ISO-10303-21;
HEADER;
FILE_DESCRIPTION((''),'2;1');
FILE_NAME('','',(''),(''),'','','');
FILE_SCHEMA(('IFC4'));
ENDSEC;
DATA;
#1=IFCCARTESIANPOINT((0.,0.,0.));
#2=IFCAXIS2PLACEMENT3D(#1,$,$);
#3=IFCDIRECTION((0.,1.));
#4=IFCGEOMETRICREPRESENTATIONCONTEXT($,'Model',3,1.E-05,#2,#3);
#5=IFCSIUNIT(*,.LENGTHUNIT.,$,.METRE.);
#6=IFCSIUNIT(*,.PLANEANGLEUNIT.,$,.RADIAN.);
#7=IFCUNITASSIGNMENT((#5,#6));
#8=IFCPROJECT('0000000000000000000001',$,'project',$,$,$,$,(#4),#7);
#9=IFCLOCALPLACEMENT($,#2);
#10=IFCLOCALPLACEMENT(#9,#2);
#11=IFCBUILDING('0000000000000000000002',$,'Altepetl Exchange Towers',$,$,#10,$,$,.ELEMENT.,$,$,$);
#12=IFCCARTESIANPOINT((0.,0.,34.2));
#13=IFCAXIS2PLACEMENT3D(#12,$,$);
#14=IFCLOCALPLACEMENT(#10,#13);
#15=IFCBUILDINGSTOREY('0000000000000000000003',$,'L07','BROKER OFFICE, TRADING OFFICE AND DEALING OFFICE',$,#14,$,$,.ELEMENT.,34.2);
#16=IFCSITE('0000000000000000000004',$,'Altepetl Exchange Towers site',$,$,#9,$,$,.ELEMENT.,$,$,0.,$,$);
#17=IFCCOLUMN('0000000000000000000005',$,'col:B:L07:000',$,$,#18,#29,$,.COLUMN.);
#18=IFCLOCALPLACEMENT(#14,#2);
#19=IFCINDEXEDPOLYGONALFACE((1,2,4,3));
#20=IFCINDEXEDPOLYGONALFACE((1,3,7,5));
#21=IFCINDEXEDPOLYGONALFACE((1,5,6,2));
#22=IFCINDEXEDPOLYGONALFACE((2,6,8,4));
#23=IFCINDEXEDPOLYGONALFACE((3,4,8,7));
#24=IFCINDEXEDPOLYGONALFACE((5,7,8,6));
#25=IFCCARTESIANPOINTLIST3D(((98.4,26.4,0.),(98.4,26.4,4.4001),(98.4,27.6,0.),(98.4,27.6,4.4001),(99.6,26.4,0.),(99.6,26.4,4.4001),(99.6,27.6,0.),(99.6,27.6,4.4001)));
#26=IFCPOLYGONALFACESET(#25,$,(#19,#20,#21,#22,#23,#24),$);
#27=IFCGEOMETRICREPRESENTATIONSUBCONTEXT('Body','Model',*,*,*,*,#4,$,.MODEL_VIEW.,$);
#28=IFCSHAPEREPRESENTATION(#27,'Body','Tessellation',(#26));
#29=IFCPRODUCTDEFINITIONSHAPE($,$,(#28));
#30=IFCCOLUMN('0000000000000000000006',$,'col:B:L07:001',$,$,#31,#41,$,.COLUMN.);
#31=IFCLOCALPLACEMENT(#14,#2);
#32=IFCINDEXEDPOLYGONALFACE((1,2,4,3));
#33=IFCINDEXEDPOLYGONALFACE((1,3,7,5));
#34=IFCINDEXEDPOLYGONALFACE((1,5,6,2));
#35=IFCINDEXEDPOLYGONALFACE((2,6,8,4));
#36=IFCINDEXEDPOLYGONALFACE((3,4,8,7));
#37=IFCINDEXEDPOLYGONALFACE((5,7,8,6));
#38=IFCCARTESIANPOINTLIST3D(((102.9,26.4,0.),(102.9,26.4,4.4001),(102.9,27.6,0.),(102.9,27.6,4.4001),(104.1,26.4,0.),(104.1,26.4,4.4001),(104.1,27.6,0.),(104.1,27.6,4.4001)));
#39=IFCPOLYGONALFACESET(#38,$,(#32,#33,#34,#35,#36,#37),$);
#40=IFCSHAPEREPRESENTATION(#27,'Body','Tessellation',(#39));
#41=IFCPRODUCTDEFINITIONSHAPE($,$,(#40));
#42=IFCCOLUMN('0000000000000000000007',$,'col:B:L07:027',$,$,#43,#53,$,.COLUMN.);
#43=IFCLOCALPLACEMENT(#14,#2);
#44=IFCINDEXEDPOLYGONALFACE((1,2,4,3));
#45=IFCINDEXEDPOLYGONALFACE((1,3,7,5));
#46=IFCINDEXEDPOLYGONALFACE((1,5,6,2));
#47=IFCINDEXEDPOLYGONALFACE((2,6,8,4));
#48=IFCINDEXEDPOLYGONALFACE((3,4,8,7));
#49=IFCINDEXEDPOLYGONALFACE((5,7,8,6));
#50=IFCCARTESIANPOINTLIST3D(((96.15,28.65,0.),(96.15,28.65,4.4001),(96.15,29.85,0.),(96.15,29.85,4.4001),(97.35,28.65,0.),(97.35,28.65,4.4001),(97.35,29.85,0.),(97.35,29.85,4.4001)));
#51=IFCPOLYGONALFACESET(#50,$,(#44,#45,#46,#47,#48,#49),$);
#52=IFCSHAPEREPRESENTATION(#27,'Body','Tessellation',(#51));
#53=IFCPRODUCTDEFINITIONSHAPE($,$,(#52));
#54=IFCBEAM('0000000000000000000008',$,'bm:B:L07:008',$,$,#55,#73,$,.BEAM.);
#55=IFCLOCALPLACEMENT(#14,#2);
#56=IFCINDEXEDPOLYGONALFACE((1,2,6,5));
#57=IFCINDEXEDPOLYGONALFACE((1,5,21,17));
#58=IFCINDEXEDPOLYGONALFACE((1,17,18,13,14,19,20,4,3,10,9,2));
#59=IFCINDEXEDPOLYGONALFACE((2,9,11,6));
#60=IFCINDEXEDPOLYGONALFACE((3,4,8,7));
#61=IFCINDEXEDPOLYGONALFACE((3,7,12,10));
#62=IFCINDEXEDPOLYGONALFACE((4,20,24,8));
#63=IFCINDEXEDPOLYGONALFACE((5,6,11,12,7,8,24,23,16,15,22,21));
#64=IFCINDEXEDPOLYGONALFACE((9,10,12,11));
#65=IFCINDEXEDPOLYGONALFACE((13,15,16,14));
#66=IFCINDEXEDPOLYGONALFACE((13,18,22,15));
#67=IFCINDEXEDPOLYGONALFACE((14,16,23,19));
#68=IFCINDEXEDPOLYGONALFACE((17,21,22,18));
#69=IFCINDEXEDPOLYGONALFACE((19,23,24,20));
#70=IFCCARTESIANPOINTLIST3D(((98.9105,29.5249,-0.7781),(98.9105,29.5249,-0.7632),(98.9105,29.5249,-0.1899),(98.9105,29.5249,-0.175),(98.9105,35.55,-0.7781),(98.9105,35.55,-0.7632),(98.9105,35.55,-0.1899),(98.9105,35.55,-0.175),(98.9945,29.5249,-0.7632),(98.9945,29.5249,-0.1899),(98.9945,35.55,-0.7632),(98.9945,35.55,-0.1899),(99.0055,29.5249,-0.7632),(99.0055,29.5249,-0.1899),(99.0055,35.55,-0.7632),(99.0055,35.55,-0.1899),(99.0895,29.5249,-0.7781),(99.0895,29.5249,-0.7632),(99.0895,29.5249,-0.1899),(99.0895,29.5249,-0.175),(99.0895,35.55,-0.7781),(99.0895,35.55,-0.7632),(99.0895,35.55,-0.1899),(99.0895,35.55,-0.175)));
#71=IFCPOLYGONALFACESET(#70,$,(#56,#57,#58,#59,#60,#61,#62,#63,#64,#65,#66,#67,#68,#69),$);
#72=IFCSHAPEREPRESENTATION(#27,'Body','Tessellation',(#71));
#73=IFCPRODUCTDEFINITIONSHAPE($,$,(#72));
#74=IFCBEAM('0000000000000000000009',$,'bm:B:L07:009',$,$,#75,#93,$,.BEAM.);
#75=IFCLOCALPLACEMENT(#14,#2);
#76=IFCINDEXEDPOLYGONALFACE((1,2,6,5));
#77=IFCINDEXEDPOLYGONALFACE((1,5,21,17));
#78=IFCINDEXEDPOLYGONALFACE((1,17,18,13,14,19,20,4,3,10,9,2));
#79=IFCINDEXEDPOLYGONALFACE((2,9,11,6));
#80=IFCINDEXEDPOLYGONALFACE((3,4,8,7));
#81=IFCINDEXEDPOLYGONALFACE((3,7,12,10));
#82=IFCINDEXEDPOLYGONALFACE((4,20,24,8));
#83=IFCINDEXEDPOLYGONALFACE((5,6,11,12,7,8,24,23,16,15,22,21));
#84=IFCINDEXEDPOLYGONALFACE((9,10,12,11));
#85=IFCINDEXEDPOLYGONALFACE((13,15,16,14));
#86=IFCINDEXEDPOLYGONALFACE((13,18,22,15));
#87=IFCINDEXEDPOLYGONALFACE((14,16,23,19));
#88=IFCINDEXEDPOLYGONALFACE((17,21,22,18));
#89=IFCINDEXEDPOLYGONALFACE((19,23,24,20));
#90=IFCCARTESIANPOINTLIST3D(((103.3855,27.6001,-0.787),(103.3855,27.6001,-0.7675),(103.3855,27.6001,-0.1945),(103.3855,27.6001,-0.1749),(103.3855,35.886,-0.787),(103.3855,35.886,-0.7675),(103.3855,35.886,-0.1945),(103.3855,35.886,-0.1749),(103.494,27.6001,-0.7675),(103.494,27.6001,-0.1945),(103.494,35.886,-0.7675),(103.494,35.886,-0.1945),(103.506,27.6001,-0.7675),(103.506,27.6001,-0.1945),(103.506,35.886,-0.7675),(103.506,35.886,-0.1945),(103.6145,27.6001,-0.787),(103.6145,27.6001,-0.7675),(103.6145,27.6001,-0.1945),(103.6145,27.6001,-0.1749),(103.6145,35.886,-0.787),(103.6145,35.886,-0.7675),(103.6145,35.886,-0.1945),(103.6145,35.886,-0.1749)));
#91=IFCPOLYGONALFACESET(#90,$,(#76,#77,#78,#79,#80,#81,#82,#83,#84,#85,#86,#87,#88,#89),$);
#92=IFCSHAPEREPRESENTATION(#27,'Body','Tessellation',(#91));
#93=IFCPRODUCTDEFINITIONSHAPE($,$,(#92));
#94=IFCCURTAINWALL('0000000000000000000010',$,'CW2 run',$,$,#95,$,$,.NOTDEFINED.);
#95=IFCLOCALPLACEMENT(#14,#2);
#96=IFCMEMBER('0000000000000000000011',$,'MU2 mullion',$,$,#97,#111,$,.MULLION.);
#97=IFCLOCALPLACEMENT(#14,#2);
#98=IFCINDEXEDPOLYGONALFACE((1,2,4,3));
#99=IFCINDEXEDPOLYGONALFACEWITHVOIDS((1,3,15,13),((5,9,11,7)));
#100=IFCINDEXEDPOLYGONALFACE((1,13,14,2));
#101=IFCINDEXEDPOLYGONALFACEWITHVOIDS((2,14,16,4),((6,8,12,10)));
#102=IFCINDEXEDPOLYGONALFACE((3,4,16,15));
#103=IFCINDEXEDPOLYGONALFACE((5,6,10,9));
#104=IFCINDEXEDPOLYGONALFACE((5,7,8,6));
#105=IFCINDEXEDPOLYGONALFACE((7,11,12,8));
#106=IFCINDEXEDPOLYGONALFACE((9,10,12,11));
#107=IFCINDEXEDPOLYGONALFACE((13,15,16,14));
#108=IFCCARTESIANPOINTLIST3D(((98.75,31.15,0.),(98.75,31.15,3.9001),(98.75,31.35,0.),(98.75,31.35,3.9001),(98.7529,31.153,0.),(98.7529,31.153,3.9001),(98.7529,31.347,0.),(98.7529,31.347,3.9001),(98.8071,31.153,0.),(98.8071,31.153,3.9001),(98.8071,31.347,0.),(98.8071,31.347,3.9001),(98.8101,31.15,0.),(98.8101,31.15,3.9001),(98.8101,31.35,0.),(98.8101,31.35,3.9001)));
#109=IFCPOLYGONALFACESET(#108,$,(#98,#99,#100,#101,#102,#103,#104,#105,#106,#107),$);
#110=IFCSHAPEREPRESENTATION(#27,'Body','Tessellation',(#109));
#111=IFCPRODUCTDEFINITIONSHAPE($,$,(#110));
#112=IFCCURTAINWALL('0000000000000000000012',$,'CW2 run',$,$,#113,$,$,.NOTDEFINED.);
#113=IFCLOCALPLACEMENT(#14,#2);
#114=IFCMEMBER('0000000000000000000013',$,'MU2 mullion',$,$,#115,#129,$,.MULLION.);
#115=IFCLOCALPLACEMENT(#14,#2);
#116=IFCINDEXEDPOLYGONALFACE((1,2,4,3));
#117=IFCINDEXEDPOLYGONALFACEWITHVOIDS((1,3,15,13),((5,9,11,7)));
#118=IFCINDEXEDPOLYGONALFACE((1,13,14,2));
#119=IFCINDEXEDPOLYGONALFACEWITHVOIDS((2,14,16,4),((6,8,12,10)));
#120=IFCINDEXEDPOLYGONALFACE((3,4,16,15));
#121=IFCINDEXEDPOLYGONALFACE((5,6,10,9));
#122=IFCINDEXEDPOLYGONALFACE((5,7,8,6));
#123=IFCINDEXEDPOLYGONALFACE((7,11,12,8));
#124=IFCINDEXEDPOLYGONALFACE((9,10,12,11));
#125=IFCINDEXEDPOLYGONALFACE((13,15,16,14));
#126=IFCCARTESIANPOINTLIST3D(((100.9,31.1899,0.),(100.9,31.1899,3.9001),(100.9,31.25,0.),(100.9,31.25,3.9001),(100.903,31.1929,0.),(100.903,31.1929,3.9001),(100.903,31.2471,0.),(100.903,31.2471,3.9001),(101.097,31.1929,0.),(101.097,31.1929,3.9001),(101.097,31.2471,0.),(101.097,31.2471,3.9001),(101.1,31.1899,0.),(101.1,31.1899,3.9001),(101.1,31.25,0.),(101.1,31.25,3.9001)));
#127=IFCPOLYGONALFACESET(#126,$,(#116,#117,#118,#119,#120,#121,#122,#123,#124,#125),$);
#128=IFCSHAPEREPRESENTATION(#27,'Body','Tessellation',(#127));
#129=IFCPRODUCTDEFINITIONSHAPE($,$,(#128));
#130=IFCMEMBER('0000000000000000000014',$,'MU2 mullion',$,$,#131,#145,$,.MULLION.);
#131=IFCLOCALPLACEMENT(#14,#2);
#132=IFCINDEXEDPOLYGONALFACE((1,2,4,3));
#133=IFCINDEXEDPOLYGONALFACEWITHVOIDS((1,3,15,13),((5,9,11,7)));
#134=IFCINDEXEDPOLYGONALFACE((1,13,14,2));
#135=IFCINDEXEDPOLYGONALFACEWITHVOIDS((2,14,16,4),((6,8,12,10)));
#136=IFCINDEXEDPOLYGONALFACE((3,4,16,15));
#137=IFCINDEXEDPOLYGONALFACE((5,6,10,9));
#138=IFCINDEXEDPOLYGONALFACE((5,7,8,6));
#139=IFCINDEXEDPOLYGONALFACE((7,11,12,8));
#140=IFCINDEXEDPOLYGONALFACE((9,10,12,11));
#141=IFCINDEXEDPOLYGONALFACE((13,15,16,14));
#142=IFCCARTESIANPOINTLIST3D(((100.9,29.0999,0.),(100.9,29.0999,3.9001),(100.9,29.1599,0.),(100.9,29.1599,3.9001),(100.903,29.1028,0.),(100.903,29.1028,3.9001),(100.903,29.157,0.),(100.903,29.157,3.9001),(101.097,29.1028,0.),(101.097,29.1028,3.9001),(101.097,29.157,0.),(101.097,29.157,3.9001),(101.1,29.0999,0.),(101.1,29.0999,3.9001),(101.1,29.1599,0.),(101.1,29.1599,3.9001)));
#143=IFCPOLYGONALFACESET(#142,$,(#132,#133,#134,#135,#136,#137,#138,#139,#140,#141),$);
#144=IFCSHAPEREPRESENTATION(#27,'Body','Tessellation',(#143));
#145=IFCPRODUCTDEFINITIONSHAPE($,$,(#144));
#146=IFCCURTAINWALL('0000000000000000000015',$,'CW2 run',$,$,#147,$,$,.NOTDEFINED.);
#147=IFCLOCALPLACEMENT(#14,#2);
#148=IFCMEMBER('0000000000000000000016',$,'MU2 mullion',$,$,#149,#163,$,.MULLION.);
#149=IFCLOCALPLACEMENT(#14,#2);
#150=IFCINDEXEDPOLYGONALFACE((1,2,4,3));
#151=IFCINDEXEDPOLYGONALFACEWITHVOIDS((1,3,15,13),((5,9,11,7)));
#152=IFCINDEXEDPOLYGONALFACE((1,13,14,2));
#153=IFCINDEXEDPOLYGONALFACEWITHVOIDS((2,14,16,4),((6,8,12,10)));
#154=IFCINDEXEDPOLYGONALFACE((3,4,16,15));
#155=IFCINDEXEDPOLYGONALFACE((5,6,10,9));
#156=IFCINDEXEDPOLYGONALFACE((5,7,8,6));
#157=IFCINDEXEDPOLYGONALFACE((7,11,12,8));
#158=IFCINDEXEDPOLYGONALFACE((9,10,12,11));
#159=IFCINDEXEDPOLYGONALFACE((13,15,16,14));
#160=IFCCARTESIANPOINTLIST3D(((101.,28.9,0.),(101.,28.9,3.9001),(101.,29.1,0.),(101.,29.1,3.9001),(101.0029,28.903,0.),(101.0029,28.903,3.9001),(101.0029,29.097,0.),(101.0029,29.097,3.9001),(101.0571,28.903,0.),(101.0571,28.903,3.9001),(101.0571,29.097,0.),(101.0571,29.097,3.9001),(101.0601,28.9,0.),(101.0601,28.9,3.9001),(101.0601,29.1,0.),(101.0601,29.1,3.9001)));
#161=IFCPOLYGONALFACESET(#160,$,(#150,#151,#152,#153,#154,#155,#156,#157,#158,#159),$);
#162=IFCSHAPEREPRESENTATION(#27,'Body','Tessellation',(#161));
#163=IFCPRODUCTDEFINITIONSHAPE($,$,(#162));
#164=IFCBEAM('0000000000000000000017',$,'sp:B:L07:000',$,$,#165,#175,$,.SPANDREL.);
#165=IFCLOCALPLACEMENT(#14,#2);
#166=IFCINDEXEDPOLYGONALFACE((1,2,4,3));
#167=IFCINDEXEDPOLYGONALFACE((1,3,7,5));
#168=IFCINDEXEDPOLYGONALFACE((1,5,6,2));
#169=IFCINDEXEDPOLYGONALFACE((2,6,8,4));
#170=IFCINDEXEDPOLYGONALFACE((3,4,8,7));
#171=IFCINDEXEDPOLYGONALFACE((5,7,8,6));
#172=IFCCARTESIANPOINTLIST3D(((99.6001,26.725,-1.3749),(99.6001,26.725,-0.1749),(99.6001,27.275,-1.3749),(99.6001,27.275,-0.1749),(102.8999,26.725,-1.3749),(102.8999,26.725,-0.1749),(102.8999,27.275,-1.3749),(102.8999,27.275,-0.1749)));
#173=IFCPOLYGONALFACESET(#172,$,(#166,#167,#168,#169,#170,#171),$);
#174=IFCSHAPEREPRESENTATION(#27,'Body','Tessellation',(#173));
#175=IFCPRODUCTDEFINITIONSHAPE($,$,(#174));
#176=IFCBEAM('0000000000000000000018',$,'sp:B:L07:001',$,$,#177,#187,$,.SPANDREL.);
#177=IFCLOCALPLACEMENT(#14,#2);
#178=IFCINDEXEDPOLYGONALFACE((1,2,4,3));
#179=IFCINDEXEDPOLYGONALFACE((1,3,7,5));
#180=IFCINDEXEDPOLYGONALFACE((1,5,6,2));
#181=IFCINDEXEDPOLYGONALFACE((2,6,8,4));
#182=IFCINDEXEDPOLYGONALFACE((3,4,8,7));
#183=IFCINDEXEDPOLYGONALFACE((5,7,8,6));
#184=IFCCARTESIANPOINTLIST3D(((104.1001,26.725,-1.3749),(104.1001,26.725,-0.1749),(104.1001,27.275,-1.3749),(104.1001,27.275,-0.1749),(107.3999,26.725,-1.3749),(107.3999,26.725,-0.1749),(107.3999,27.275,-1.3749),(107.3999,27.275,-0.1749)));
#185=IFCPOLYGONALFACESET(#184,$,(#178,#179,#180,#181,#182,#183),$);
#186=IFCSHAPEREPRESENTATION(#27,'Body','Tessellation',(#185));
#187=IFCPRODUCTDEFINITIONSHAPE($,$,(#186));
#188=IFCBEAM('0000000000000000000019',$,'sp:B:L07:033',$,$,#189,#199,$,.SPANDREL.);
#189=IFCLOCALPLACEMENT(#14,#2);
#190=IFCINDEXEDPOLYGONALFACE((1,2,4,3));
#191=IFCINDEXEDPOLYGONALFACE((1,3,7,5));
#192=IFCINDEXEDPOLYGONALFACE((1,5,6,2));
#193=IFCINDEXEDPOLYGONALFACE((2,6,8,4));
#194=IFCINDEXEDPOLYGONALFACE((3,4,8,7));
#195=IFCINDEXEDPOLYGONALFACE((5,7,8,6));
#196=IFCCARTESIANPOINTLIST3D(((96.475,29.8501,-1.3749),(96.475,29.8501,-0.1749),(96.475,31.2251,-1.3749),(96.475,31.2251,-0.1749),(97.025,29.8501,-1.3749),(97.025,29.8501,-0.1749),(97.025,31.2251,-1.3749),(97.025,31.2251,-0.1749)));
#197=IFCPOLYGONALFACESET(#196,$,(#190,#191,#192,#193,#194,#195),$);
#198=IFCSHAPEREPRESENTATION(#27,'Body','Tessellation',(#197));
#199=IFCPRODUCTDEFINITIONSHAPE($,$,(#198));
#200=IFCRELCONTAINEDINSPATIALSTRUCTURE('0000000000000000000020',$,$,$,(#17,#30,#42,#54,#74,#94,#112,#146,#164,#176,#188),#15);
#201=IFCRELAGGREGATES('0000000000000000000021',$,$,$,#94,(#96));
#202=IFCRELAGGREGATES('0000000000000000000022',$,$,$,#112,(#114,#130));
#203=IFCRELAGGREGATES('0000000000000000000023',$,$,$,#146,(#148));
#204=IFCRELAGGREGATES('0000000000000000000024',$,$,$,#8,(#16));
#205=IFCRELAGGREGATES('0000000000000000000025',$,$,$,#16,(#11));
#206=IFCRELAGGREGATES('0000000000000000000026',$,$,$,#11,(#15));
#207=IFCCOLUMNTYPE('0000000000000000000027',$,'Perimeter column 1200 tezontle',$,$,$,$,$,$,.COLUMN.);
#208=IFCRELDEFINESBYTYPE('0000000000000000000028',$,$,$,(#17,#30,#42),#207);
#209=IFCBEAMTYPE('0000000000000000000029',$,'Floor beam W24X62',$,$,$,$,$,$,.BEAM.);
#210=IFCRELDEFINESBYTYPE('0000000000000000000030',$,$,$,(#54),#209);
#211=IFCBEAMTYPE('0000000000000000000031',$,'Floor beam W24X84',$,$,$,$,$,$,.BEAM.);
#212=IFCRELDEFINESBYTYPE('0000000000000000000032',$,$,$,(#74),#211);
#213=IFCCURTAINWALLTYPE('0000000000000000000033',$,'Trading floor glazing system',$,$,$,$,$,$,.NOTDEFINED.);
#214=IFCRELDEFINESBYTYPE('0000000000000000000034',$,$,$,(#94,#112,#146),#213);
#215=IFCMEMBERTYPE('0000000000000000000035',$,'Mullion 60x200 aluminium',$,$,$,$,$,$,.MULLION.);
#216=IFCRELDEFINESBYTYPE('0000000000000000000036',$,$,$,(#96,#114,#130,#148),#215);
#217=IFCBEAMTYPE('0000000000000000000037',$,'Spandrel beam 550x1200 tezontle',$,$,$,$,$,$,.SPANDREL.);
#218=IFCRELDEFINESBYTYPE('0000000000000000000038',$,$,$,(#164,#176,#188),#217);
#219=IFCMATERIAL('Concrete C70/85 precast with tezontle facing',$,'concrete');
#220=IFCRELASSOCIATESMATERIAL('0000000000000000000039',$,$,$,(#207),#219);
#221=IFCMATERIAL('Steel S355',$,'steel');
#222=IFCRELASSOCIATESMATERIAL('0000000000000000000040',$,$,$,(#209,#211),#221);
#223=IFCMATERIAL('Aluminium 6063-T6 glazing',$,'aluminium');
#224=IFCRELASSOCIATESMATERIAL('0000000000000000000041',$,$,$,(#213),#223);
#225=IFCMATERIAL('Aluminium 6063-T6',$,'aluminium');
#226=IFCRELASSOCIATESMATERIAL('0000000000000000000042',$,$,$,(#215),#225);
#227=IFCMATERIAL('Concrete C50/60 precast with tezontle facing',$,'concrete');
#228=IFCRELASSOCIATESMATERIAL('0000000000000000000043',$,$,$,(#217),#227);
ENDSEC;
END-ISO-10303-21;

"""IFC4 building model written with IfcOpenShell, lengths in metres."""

from ifc_helpers import new_model, si_unit, direction, frame, origin, origin_2d, place, context, subcontext, project, spatial, rectangle, hollow_rectangle, i_section, extrude, material, material_profile, profile_set, type_object, element, aggregate, save


model = new_model("IFC4")

# Units and contexts
model_context = context("Model", 3, precision=1e-05, world=origin(), true_north=direction((0.0, 1.0)))
body_context = subcontext(model_context, "Body", "Model", "MODEL_VIEW")
ifc_project = project(units=[si_unit("LENGTHUNIT", "METRE"), si_unit("PLANEANGLEUNIT", "RADIAN")], contexts=[model_context])

# Site, building, storey
site_placement = place(None, origin())
site = spatial("IfcSite", under=ifc_project, at=site_placement, Name="Altepetl Exchange Towers site", CompositionType="ELEMENT", RefElevation=0.0)
building_placement = place(site_placement, origin())
building = spatial("IfcBuilding", under=site, at=building_placement, Name="Altepetl Exchange Towers", CompositionType="ELEMENT")
storey_placement = place(building_placement, frame((0.0, 0.0, 34.2)))
storey = spatial("IfcBuildingStorey", under=building, at=storey_placement, Name="L07", Description="BROKER OFFICE, TRADING OFFICE AND DEALING OFFICE", CompositionType="ELEMENT", Elevation=34.2)

# Columns
ifc_material_1 = material(Name="Concrete C70/85 precast with tezontle facing", Category="concrete")
ifc_material_profile_1 = material_profile(ifc_material_1, rectangle(XDim=1.2, YDim=1.2, at=origin_2d()), Name="1200 x 1200")
ifc_profile_set_1 = profile_set([ifc_material_profile_1], Name="Concrete C70/85 precast with tezontle facing")
column_type = type_object("IfcColumnType", Name="Perimeter column 1200 tezontle", PredefinedType="COLUMN", material=ifc_profile_set_1)
for number, where, name in (
    (1, (99.0, 27.0, 0.0), "col:B:L07:000"),
    (2, (103.5, 27.0, 0.0), "col:B:L07:001"),
    (3, (96.75, 29.25, 0.0), "col:B:L07:027"),
):
    element("IfcColumn", number, at=place(storey_placement, frame(where)), inside=storey, type_object=column_type, Name=name, PredefinedType="COLUMN", context=body_context, shape_type="SweptSolid", body=[
        extrude(rectangle(XDim=1.2, YDim=1.2, at=origin_2d()), origin(), (0.0, 0.0, 1.0), 4.4001),
    ])

# Beams
ifc_material_2 = material(Name="Steel S355", Category="steel")
ifc_material_profile_2 = material_profile(ifc_material_2, i_section(OverallWidth=0.179, OverallDepth=0.603, WebThickness=0.011, FlangeThickness=0.0149, at=origin_2d()), Name="W24X62")
ifc_profile_set_2 = profile_set([ifc_material_profile_2], Name="Steel S355")
beam_type_1 = type_object("IfcBeamType", Name="Floor beam W24X62", PredefinedType="BEAM", material=ifc_profile_set_2)
beam_1_placement = place(storey_placement, frame((99.0, 29.5249, -0.4766), z_axis=(0.0, 1.0, 0.0), x_axis=(-1.0, 0.0, 0.0)))
element("IfcBeam", 4, at=beam_1_placement, inside=storey, type_object=beam_type_1, Name="bm:B:L07:008", PredefinedType="BEAM", context=body_context, shape_type="SweptSolid", body=[
    extrude(i_section(OverallWidth=0.179, OverallDepth=0.603, WebThickness=0.011, FlangeThickness=0.0149, at=origin_2d()), origin(), (0.0, 0.0, 1.0), 6.0251),
])
ifc_material_profile_3 = material_profile(ifc_material_2, i_section(OverallWidth=0.229, OverallDepth=0.6121, WebThickness=0.012, FlangeThickness=0.0195, at=origin_2d()), Name="W24X84")
ifc_profile_set_3 = profile_set([ifc_material_profile_3], Name="Steel S355")
beam_type_2 = type_object("IfcBeamType", Name="Floor beam W24X84", PredefinedType="BEAM", material=ifc_profile_set_3)
beam_2_placement = place(storey_placement, frame((103.5, 27.6001, -0.481), z_axis=(0.0, 1.0, 0.0), x_axis=(-1.0, 0.0, 0.0)))
element("IfcBeam", 5, at=beam_2_placement, inside=storey, type_object=beam_type_2, Name="bm:B:L07:009", PredefinedType="BEAM", context=body_context, shape_type="SweptSolid", body=[
    extrude(i_section(OverallWidth=0.229, OverallDepth=0.6121, WebThickness=0.012, FlangeThickness=0.0195, at=origin_2d()), origin(), (0.0, 0.0, 1.0), 8.2859),
])

# Curtain wall, member
ifc_material_3 = material(Name="Aluminium 6063-T6 glazing", Category="aluminium")
curtain_wall_type = type_object("IfcCurtainWallType", Name="Trading floor glazing system", PredefinedType="NOTDEFINED", material=ifc_material_3)
curtain_wall_1_placement = place(storey_placement, origin())
curtain_wall_1 = element("IfcCurtainWall", 6, at=curtain_wall_1_placement, inside=storey, type_object=curtain_wall_type, Name="CW2 run", PredefinedType="NOTDEFINED")
ifc_material_4 = material(Name="Aluminium 6063-T6", Category="aluminium")
ifc_material_profile_4 = material_profile(ifc_material_4, hollow_rectangle(XDim=0.0601, YDim=0.2, WallThickness=0.0029, at=origin_2d()), Name="Mullion 60x200 aluminium")
ifc_profile_set_4 = profile_set([ifc_material_profile_4], Name="Aluminium 6063-T6")
member_type = type_object("IfcMemberType", Name="Mullion 60x200 aluminium", PredefinedType="MULLION", material=ifc_profile_set_4)
member_1_placement = place(storey_placement, frame((98.78, 31.25, 0.0)))
member_1 = element("IfcMember", 7, at=member_1_placement, type_object=member_type, Name="MU2 mullion", PredefinedType="MULLION", context=body_context, shape_type="SweptSolid", body=[
    extrude(hollow_rectangle(XDim=0.0601, YDim=0.2, WallThickness=0.0029, at=origin_2d()), origin(), (0.0, 0.0, 1.0), 3.9001),
])
aggregate(curtain_wall_1, [member_1])

# Curtain wall, members
curtain_wall_2_placement = place(storey_placement, origin())
curtain_wall_2 = element("IfcCurtainWall", 8, at=curtain_wall_2_placement, inside=storey, type_object=curtain_wall_type, Name="CW2 run", PredefinedType="NOTDEFINED")
member_2_placement = place(storey_placement, frame((101.0, 31.22, 0.0), z_axis=(0.0, 0.0, 1.0), x_axis=(0.0, -1.0, 0.0)))
member_2 = element("IfcMember", 9, at=member_2_placement, type_object=member_type, Name="MU2 mullion", PredefinedType="MULLION", context=body_context, shape_type="SweptSolid", body=[
    extrude(hollow_rectangle(XDim=0.0601, YDim=0.2, WallThickness=0.0029, at=origin_2d()), origin(), (0.0, 0.0, 1.0), 3.9001),
])
member_3_placement = place(storey_placement, frame((101.0, 29.1299, 0.0), z_axis=(0.0, 0.0, 1.0), x_axis=(0.0, -1.0, 0.0)))
member_3 = element("IfcMember", 10, at=member_3_placement, type_object=member_type, Name="MU2 mullion", PredefinedType="MULLION", context=body_context, shape_type="SweptSolid", body=[
    extrude(hollow_rectangle(XDim=0.0601, YDim=0.2, WallThickness=0.0029, at=origin_2d()), origin(), (0.0, 0.0, 1.0), 3.9001),
])

# Curtain wall, member
curtain_wall_3_placement = place(storey_placement, origin())
curtain_wall_3 = element("IfcCurtainWall", 11, at=curtain_wall_3_placement, inside=storey, type_object=curtain_wall_type, Name="CW2 run", PredefinedType="NOTDEFINED")
member_4_placement = place(storey_placement, frame((101.03, 29.0, 0.0)))
member_4 = element("IfcMember", 12, at=member_4_placement, type_object=member_type, Name="MU2 mullion", PredefinedType="MULLION", context=body_context, shape_type="SweptSolid", body=[
    extrude(hollow_rectangle(XDim=0.0601, YDim=0.2, WallThickness=0.0029, at=origin_2d()), origin(), (0.0, 0.0, 1.0), 3.9001),
])

# Beams
ifc_material_5 = material(Name="Concrete C50/60 precast with tezontle facing", Category="concrete")
ifc_material_profile_5 = material_profile(ifc_material_5, rectangle(XDim=0.55, YDim=1.2, at=origin_2d()), Name="550 x 1200")
ifc_profile_set_5 = profile_set([ifc_material_profile_5], Name="Concrete C50/60 precast with tezontle facing")
beam_type_3 = type_object("IfcBeamType", Name="Spandrel beam 550x1200 tezontle", PredefinedType="SPANDREL", material=ifc_profile_set_5)
for number, where, z_axis, x_axis, name in (
    (13, (99.6001, 27.0, -0.7749), (1.0, 0.0, 0.0), (0.0, 1.0, 0.0), "sp:B:L07:000"),
    (14, (104.1001, 27.0, -0.7749), (1.0, 0.0, 0.0), (0.0, 1.0, 0.0), "sp:B:L07:001"),
):
    element("IfcBeam", number, at=place(storey_placement, frame(where, z_axis=z_axis, x_axis=x_axis)), inside=storey, type_object=beam_type_3, Name=name, PredefinedType="SPANDREL", context=body_context, shape_type="SweptSolid", body=[
        extrude(rectangle(XDim=0.55, YDim=1.2, at=origin_2d()), origin(), (0.0, 0.0, 1.0), 3.2998),
    ])
beam_3_placement = place(storey_placement, frame((96.75, 31.2251, -0.7749), z_axis=(0.0, -1.0, 0.0), x_axis=(1.0, 0.0, 0.0)))
element("IfcBeam", 15, at=beam_3_placement, inside=storey, type_object=beam_type_3, Name="sp:B:L07:033", PredefinedType="SPANDREL", context=body_context, shape_type="SweptSolid", body=[
    extrude(rectangle(XDim=0.55, YDim=1.2, at=origin_2d()), origin(), (0.0, 0.0, 1.0), 1.375),
])

aggregate(curtain_wall_2, [member_2, member_3])
aggregate(curtain_wall_3, [member_4])

save(model, "model.ifc")
